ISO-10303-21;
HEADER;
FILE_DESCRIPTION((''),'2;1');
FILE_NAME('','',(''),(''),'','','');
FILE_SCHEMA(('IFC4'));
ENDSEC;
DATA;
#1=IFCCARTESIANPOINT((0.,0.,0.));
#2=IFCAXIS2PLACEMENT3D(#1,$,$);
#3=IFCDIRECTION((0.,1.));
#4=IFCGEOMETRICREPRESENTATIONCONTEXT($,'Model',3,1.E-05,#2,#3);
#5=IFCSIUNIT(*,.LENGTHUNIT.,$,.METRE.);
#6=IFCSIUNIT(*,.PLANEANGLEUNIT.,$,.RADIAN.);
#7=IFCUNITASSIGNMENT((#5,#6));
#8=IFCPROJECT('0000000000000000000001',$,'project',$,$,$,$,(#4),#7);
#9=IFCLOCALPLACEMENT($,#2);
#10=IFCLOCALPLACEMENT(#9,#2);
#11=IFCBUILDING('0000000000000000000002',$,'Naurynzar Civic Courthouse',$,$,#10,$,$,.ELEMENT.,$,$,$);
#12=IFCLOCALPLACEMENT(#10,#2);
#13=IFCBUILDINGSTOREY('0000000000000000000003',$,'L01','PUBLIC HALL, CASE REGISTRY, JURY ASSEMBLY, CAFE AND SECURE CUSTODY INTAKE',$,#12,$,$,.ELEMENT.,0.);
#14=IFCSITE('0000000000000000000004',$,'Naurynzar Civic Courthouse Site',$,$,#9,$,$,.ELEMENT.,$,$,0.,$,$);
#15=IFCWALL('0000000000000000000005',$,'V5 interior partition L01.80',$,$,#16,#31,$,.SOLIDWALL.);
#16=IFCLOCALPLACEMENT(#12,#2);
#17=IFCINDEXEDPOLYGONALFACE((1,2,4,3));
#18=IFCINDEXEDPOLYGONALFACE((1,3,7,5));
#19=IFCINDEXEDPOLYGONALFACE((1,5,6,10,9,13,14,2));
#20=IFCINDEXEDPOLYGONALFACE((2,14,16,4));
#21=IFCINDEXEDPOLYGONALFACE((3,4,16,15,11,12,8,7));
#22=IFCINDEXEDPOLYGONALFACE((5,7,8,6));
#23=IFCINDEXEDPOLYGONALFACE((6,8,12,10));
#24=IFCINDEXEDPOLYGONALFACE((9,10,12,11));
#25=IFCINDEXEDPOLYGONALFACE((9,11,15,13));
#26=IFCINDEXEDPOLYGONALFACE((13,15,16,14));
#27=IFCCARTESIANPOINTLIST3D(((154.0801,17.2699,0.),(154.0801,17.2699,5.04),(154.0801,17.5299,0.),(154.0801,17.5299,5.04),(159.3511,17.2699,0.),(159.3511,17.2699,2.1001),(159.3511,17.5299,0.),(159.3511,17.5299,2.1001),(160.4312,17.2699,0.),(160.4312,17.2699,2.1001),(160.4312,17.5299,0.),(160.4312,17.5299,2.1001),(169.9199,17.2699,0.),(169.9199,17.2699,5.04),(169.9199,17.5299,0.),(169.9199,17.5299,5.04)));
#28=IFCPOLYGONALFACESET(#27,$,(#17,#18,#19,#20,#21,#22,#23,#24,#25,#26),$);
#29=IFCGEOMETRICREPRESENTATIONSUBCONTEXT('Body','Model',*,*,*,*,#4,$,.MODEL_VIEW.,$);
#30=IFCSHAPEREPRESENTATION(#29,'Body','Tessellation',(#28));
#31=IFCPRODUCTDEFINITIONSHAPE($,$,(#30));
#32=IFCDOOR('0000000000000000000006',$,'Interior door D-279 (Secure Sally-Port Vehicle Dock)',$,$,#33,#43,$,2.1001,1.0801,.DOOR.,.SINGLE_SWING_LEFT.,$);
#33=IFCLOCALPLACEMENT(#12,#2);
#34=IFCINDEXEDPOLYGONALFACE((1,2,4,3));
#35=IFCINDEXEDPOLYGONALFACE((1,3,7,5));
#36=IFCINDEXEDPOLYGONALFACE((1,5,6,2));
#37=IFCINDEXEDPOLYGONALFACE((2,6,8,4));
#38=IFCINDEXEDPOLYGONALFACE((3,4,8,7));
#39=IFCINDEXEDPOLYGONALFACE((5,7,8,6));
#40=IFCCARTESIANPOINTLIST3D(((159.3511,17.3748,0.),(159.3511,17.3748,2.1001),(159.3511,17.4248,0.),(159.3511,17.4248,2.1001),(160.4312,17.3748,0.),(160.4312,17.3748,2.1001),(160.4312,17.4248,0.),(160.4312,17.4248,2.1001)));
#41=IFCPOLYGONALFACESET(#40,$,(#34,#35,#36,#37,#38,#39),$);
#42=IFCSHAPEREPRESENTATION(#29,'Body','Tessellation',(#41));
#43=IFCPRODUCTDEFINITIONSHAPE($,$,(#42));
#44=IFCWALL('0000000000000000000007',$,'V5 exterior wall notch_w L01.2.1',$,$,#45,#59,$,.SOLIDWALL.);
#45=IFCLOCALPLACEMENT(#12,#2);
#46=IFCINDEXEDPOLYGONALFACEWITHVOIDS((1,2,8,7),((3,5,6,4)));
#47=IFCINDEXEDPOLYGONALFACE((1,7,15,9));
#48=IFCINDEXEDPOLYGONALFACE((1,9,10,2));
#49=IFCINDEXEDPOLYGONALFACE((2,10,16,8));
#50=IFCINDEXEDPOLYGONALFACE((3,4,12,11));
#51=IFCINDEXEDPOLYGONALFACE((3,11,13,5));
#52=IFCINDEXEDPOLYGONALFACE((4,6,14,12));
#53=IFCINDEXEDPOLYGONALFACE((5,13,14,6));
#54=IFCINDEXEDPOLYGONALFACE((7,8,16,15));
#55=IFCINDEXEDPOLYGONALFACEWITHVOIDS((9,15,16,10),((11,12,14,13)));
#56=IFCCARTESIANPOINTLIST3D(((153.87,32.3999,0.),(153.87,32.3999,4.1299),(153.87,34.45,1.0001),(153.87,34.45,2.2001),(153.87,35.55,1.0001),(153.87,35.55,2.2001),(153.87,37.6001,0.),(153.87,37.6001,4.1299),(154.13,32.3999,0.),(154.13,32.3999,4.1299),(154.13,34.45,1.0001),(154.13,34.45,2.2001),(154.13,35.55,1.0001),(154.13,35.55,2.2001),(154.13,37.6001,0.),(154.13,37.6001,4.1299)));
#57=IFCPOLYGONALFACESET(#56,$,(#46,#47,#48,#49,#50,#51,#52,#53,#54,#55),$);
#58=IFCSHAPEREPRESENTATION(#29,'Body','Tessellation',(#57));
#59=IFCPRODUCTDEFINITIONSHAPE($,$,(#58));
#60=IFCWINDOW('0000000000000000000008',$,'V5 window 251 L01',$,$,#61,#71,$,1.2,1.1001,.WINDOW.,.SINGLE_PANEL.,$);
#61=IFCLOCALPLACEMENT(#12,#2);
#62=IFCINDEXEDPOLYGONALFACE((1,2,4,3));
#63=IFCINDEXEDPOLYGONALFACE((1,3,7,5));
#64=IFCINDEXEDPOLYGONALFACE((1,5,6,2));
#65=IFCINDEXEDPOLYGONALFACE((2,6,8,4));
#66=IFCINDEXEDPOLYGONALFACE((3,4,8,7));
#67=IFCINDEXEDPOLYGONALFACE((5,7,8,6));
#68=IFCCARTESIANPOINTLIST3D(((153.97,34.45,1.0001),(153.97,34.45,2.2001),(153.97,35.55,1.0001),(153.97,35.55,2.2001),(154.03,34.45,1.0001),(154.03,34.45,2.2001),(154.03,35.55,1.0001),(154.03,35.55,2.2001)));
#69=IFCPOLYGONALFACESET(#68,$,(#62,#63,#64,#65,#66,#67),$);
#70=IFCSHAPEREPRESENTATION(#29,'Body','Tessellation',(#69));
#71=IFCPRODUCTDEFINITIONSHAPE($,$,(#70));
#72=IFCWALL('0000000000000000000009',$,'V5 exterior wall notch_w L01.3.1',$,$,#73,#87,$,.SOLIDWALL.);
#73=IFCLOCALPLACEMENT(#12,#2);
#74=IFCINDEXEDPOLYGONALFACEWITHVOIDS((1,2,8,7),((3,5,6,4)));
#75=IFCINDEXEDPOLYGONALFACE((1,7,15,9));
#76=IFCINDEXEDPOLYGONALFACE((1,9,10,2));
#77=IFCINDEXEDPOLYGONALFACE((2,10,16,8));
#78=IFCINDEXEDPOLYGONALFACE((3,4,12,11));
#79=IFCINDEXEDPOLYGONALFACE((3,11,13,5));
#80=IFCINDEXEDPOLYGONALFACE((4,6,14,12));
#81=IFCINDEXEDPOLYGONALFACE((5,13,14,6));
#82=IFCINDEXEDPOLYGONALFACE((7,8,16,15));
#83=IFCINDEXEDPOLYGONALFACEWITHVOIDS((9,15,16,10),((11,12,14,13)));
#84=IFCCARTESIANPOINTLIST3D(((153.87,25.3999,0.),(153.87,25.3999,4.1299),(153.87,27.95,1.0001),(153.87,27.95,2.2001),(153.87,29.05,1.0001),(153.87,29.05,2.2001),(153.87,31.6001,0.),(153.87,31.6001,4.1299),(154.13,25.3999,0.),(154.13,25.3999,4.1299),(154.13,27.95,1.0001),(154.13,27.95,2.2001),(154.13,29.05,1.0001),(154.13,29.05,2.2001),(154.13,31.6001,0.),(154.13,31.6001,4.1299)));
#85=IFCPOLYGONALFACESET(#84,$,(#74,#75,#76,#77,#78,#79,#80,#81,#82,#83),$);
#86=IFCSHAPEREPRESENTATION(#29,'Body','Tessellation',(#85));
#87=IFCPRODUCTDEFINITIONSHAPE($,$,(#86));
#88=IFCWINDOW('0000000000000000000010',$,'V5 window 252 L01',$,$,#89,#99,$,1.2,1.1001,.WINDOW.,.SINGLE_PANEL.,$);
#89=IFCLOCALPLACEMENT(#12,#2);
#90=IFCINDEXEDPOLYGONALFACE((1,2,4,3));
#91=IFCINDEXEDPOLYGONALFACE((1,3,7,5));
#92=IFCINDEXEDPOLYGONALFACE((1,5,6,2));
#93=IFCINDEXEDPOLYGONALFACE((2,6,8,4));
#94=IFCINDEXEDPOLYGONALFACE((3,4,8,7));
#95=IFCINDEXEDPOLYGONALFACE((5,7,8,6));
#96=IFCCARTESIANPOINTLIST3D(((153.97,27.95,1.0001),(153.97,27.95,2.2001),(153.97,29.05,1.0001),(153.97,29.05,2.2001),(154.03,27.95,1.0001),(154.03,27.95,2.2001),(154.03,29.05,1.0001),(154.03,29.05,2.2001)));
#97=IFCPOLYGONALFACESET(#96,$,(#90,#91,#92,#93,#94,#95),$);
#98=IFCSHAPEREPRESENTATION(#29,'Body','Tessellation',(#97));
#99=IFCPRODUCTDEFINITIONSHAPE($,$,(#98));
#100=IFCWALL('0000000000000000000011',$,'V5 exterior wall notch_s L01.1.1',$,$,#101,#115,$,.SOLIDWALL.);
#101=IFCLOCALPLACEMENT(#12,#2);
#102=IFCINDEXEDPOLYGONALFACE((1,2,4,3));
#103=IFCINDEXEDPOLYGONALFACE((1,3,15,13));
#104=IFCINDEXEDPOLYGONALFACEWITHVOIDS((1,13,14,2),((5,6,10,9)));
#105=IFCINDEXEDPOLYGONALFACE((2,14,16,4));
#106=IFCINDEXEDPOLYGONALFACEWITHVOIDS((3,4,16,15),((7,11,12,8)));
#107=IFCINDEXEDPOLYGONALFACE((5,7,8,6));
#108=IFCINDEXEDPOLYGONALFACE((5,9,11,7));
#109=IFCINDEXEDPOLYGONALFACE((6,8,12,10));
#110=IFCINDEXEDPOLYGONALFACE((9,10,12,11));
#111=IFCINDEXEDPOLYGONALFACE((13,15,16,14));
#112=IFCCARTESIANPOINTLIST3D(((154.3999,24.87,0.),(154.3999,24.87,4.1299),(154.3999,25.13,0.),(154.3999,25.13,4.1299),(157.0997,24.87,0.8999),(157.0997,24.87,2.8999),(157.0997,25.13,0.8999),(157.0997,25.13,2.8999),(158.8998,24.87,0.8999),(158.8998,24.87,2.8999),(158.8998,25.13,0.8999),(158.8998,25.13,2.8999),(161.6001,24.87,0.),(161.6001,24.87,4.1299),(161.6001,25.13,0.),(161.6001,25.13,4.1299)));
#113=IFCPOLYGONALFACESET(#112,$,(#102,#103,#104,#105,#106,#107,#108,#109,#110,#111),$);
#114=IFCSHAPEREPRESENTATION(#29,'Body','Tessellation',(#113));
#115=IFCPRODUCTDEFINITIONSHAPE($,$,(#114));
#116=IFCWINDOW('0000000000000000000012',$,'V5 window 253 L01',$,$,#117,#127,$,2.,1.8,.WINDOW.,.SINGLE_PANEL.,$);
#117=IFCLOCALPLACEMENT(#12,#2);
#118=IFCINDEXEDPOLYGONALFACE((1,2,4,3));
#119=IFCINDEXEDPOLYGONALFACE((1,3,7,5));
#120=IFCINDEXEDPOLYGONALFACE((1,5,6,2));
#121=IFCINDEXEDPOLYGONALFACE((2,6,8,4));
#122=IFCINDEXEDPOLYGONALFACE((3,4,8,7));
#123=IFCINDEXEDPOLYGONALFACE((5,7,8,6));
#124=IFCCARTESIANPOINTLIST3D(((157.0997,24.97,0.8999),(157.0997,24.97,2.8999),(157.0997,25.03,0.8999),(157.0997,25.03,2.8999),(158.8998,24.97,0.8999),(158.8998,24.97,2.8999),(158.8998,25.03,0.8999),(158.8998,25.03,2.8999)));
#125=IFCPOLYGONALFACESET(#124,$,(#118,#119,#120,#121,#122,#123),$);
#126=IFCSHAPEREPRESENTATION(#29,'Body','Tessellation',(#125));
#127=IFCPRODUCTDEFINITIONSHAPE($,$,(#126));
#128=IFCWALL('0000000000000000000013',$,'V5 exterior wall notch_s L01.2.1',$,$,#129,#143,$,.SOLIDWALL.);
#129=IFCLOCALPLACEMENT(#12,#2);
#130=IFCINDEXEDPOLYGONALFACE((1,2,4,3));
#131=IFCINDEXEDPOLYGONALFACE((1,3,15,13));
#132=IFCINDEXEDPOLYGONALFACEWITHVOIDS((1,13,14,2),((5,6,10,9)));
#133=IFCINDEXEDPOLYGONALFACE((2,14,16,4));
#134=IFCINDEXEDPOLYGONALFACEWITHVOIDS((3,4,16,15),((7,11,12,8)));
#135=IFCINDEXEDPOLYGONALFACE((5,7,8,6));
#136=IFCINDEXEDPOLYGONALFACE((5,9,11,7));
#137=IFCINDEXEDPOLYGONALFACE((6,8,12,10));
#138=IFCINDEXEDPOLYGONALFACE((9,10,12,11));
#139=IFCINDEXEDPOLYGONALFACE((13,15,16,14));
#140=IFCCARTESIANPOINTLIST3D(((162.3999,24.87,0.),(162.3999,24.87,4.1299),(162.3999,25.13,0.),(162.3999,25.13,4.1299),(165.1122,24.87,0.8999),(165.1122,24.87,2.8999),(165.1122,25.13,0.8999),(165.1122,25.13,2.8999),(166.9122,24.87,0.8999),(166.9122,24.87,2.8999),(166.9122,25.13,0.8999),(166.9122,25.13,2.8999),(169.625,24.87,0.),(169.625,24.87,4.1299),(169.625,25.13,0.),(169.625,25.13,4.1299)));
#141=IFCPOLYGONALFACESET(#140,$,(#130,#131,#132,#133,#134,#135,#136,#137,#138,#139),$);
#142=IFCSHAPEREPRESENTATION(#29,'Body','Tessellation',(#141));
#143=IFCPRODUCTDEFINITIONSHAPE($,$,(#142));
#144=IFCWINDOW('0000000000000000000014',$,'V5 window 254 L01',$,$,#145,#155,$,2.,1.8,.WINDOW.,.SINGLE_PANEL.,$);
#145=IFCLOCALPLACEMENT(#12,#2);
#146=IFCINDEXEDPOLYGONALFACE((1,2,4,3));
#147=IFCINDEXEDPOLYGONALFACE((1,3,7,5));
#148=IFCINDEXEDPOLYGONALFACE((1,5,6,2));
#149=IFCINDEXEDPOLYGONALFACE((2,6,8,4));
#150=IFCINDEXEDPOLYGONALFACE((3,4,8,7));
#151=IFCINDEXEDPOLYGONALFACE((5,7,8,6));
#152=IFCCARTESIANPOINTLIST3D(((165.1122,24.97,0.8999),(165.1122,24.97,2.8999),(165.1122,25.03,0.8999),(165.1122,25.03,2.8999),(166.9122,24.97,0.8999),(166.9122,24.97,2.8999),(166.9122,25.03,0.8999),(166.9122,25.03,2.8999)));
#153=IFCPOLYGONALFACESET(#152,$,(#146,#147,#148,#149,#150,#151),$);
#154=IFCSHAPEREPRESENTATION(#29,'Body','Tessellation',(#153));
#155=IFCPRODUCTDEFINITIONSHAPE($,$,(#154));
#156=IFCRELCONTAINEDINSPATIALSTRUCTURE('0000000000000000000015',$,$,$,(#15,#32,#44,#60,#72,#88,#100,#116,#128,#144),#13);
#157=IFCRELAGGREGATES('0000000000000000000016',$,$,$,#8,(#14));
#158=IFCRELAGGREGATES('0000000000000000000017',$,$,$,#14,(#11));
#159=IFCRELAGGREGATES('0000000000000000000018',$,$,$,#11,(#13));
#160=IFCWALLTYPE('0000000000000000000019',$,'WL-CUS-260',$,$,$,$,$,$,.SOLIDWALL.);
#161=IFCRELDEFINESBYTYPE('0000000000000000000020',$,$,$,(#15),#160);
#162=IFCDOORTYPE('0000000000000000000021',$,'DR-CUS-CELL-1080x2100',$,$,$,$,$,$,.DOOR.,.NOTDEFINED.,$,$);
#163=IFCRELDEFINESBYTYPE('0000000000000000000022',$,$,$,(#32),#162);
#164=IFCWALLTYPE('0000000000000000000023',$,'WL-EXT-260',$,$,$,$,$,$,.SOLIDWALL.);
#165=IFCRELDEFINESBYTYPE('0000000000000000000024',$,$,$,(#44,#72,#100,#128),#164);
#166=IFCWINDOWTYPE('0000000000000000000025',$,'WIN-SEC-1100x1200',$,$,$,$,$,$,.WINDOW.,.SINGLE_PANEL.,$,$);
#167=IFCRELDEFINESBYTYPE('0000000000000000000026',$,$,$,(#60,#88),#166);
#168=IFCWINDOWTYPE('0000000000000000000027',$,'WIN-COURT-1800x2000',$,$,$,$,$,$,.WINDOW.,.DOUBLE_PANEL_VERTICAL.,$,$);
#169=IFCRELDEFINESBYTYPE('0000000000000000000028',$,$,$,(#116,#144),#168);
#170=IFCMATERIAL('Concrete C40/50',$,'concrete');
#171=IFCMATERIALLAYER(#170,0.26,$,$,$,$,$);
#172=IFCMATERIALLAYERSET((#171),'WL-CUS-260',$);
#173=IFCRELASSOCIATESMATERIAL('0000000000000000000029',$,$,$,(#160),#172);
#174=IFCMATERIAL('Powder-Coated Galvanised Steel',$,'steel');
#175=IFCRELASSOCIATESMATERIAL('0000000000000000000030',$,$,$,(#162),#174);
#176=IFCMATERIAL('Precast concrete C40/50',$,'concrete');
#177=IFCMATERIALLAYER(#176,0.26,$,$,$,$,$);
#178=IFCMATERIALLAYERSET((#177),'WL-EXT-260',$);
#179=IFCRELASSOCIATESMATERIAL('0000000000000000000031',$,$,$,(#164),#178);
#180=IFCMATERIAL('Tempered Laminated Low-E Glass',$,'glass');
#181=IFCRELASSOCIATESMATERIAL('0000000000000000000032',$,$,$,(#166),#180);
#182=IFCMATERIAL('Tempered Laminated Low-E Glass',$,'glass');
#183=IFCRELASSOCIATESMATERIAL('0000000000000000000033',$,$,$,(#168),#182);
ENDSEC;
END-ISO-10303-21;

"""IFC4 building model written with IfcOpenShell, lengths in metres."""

from ifc_helpers import new_model, si_unit, direction, frame, frame_2d, origin, place, context, subcontext, project, spatial, rectangle, extrude, material, layer, layer_set, type_object, element, fill, save


model = new_model("IFC4")

# Units and contexts
model_context = context("Model", 3, precision=1e-05, world=origin(), true_north=direction((0.0, 1.0)))
body_context = subcontext(model_context, "Body", "Model", "MODEL_VIEW")
ifc_project = project(units=[si_unit("LENGTHUNIT", "METRE"), si_unit("PLANEANGLEUNIT", "RADIAN")], contexts=[model_context])

# Site, building, storey
site_placement = place(None, origin())
site = spatial("IfcSite", under=ifc_project, at=site_placement, Name="Naurynzar Civic Courthouse Site", CompositionType="ELEMENT", RefElevation=0.0)
building_placement = place(site_placement, origin())
building = spatial("IfcBuilding", under=site, at=building_placement, Name="Naurynzar Civic Courthouse", CompositionType="ELEMENT")
storey_placement = place(building_placement, origin())
storey = spatial("IfcBuildingStorey", under=building, at=storey_placement, Name="L01", Description="PUBLIC HALL, CASE REGISTRY, JURY ASSEMBLY, CAFE AND SECURE CUSTODY INTAKE", CompositionType="ELEMENT", Elevation=0.0)

# Wall, opening, door
ifc_material_1 = material(Name="Concrete C40/50", Category="concrete")
ifc_layer_1 = layer(ifc_material_1, 0.26)
ifc_layer_set_1 = layer_set([ifc_layer_1], Name="WL-CUS-260")
wall_type_1 = type_object("IfcWallType", Name="WL-CUS-260", PredefinedType="SOLIDWALL", material=ifc_layer_set_1)
wall_1_placement = place(storey_placement, frame((154.0801, 17.3999, 0.0), z_axis=(0.0, 0.0, 1.0), x_axis=(1.0, 0.0, 0.0)))
wall_1 = element("IfcWall", 1, at=wall_1_placement, inside=storey, type_object=wall_type_1, Name="V5 interior partition L01.80", PredefinedType="SOLIDWALL", context=body_context, shape_type="SweptSolid", body=[
    extrude(rectangle(XDim=15.8398, YDim=0.26, at=frame_2d((7.9199, 0.0))), origin(), (0.0, 0.0, 1.0), 5.04),
])
opening_1_placement = place(wall_1_placement, frame((5.271, 0.0, 0.0)))
opening_1 = element("IfcOpeningElement", 2, at=opening_1_placement, cuts=wall_1, PredefinedType="OPENING", context=body_context, shape_type="SweptSolid", body=[
    extrude(rectangle(XDim=1.0801, YDim=2.1001, at=frame_2d((0.54, 1.05))), frame((0.0, 0.1399, 0.0), z_axis=(0.0, -1.0, 0.0), x_axis=(1.0, 0.0, 0.0)), (0.0, 0.0, 1.0), 0.28),
])
ifc_material_2 = material(Name="Powder-Coated Galvanised Steel", Category="steel")
door_type_1 = type_object("IfcDoorType", Name="DR-CUS-CELL-1080x2100", OperationType="NOTDEFINED", PredefinedType="DOOR", material=ifc_material_2)
door_1_placement = place(opening_1_placement, origin())
door_1 = element("IfcDoor", 3, at=door_1_placement, inside=storey, type_object=door_type_1, Name="Interior door D-279 (Secure Sally-Port Vehicle Dock)", OperationType="SINGLE_SWING_LEFT", OverallHeight=2.1001, OverallWidth=1.0801, PredefinedType="DOOR", context=body_context, shape_type="SweptSolid", body=[
    extrude(rectangle(XDim=1.0801, YDim=2.1001, at=frame_2d((0.54, 1.05))), frame((0.0, 0.0249, 0.0), z_axis=(0.0, -1.0, 0.0), x_axis=(1.0, 0.0, 0.0)), (0.0, 0.0, 1.0), 0.05),
])
fill(opening_1, door_1)

# Walls, openings, windows
ifc_material_3 = material(Name="Precast concrete C40/50", Category="concrete")
ifc_layer_2 = layer(ifc_material_3, 0.26)
ifc_layer_set_2 = layer_set([ifc_layer_2], Name="WL-EXT-260")
wall_type_2 = type_object("IfcWallType", Name="WL-EXT-260", PredefinedType="SOLIDWALL", material=ifc_layer_set_2)
wall_2_placement = place(storey_placement, frame((154.0, 37.6001, 0.0), z_axis=(0.0, 0.0, 1.0), x_axis=(0.0, -1.0, 0.0)))
wall_2 = element("IfcWall", 4, at=wall_2_placement, inside=storey, type_object=wall_type_2, Name="V5 exterior wall notch_w L01.2.1", PredefinedType="SOLIDWALL", context=body_context, shape_type="SweptSolid", body=[
    extrude(rectangle(XDim=5.2002, YDim=0.26, at=frame_2d((2.6001, 0.0))), origin(), (0.0, 0.0, 1.0), 4.1299),
])
opening_2_placement = place(wall_2_placement, frame((2.05, 0.0, 1.0)))
opening_2 = element("IfcOpeningElement", 5, at=opening_2_placement, cuts=wall_2, PredefinedType="OPENING", context=body_context, shape_type="SweptSolid", body=[
    extrude(rectangle(XDim=1.1001, YDim=1.2, at=frame_2d((0.55, 0.6001))), frame((0.0, 0.1399, 0.0), z_axis=(0.0, -1.0, 0.0), x_axis=(1.0, 0.0, 0.0)), (0.0, 0.0, 1.0), 0.28),
])
ifc_material_4 = material(Name="Tempered Laminated Low-E Glass", Category="glass")
window_type_1 = type_object("IfcWindowType", Name="WIN-SEC-1100x1200", PartitioningType="SINGLE_PANEL", PredefinedType="WINDOW", material=ifc_material_4)
window_1_placement = place(opening_2_placement, origin())
window_1 = element("IfcWindow", 6, at=window_1_placement, inside=storey, type_object=window_type_1, Name="V5 window 251 L01", OverallHeight=1.2, OverallWidth=1.1001, PartitioningType="SINGLE_PANEL", PredefinedType="WINDOW", context=body_context, shape_type="SweptSolid", body=[
    extrude(rectangle(XDim=1.1001, YDim=1.2, at=frame_2d((0.55, 0.6001))), frame((0.0, 0.03, 0.0), z_axis=(0.0, -1.0, 0.0), x_axis=(1.0, 0.0, 0.0)), (0.0, 0.0, 1.0), 0.0601),
])
fill(opening_2, window_1)
wall_3_placement = place(storey_placement, frame((154.0, 31.6001, 0.0), z_axis=(0.0, 0.0, 1.0), x_axis=(0.0, -1.0, 0.0)))
wall_3 = element("IfcWall", 7, at=wall_3_placement, inside=storey, type_object=wall_type_2, Name="V5 exterior wall notch_w L01.3.1", PredefinedType="SOLIDWALL", context=body_context, shape_type="SweptSolid", body=[
    extrude(rectangle(XDim=6.2002, YDim=0.26, at=frame_2d((3.1001, 0.0))), origin(), (0.0, 0.0, 1.0), 4.1299),
])
opening_3_placement = place(wall_3_placement, frame((2.55, 0.0, 1.0)))
opening_3 = element("IfcOpeningElement", 8, at=opening_3_placement, cuts=wall_3, PredefinedType="OPENING", context=body_context, shape_type="SweptSolid", body=[
    extrude(rectangle(XDim=1.1001, YDim=1.2, at=frame_2d((0.55, 0.6001))), frame((0.0, 0.1399, 0.0), z_axis=(0.0, -1.0, 0.0), x_axis=(1.0, 0.0, 0.0)), (0.0, 0.0, 1.0), 0.28),
])
window_2_placement = place(opening_3_placement, origin())
window_2 = element("IfcWindow", 9, at=window_2_placement, inside=storey, type_object=window_type_1, Name="V5 window 252 L01", OverallHeight=1.2, OverallWidth=1.1001, PartitioningType="SINGLE_PANEL", PredefinedType="WINDOW", context=body_context, shape_type="SweptSolid", body=[
    extrude(rectangle(XDim=1.1001, YDim=1.2, at=frame_2d((0.55, 0.6001))), frame((0.0, 0.03, 0.0), z_axis=(0.0, -1.0, 0.0), x_axis=(1.0, 0.0, 0.0)), (0.0, 0.0, 1.0), 0.0601),
])
fill(opening_3, window_2)
wall_4_placement = place(storey_placement, frame((154.3999, 25.0, 0.0), z_axis=(0.0, 0.0, 1.0), x_axis=(1.0, 0.0, 0.0)))
wall_4 = element("IfcWall", 10, at=wall_4_placement, inside=storey, type_object=wall_type_2, Name="V5 exterior wall notch_s L01.1.1", PredefinedType="SOLIDWALL", context=body_context, shape_type="SweptSolid", body=[
    extrude(rectangle(XDim=7.2002, YDim=0.26, at=frame_2d((3.6001, 0.0))), origin(), (0.0, 0.0, 1.0), 4.1299),
])
opening_4_placement = place(wall_4_placement, frame((2.7, 0.0, 0.8999)))
opening_4 = element("IfcOpeningElement", 11, at=opening_4_placement, cuts=wall_4, PredefinedType="OPENING", context=body_context, shape_type="SweptSolid", body=[
    extrude(rectangle(XDim=1.8, YDim=2.0, at=frame_2d((0.8999, 1.0))), frame((0.0, 0.1399, 0.0), z_axis=(0.0, -1.0, 0.0), x_axis=(1.0, 0.0, 0.0)), (0.0, 0.0, 1.0), 0.28),
])
ifc_material_5 = material(Name="Tempered Laminated Low-E Glass", Category="glass")
window_type_2 = type_object("IfcWindowType", Name="WIN-COURT-1800x2000", PartitioningType="DOUBLE_PANEL_VERTICAL", PredefinedType="WINDOW", material=ifc_material_5)
window_3_placement = place(opening_4_placement, origin())
window_3 = element("IfcWindow", 12, at=window_3_placement, inside=storey, type_object=window_type_2, Name="V5 window 253 L01", OverallHeight=2.0, OverallWidth=1.8, PartitioningType="SINGLE_PANEL", PredefinedType="WINDOW", context=body_context, shape_type="SweptSolid", body=[
    extrude(rectangle(XDim=1.8, YDim=2.0, at=frame_2d((0.8999, 1.0))), frame((0.0, 0.03, 0.0), z_axis=(0.0, -1.0, 0.0), x_axis=(1.0, 0.0, 0.0)), (0.0, 0.0, 1.0), 0.0601),
])
fill(opening_4, window_3)
wall_5_placement = place(storey_placement, frame((162.3999, 25.0, 0.0), z_axis=(0.0, 0.0, 1.0), x_axis=(1.0, 0.0, 0.0)))
wall_5 = element("IfcWall", 13, at=wall_5_placement, inside=storey, type_object=wall_type_2, Name="V5 exterior wall notch_s L01.2.1", PredefinedType="SOLIDWALL", context=body_context, shape_type="SweptSolid", body=[
    extrude(rectangle(XDim=7.2251, YDim=0.26, at=frame_2d((3.6125, 0.0))), origin(), (0.0, 0.0, 1.0), 4.1299),
])
opening_5_placement = place(wall_5_placement, frame((2.7124, 0.0, 0.8999)))
opening_5 = element("IfcOpeningElement", 14, at=opening_5_placement, cuts=wall_5, PredefinedType="OPENING", context=body_context, shape_type="SweptSolid", body=[
    extrude(rectangle(XDim=1.8, YDim=2.0, at=frame_2d((0.8999, 1.0))), frame((0.0, 0.1399, 0.0), z_axis=(0.0, -1.0, 0.0), x_axis=(1.0, 0.0, 0.0)), (0.0, 0.0, 1.0), 0.28),
])
window_4_placement = place(opening_5_placement, origin())
window_4 = element("IfcWindow", 15, at=window_4_placement, inside=storey, type_object=window_type_2, Name="V5 window 254 L01", OverallHeight=2.0, OverallWidth=1.8, PartitioningType="SINGLE_PANEL", PredefinedType="WINDOW", context=body_context, shape_type="SweptSolid", body=[
    extrude(rectangle(XDim=1.8, YDim=2.0, at=frame_2d((0.8999, 1.0))), frame((0.0, 0.03, 0.0), z_axis=(0.0, -1.0, 0.0), x_axis=(1.0, 0.0, 0.0)), (0.0, 0.0, 1.0), 0.0601),
])
fill(opening_5, window_4)

save(model, "model.ifc")
